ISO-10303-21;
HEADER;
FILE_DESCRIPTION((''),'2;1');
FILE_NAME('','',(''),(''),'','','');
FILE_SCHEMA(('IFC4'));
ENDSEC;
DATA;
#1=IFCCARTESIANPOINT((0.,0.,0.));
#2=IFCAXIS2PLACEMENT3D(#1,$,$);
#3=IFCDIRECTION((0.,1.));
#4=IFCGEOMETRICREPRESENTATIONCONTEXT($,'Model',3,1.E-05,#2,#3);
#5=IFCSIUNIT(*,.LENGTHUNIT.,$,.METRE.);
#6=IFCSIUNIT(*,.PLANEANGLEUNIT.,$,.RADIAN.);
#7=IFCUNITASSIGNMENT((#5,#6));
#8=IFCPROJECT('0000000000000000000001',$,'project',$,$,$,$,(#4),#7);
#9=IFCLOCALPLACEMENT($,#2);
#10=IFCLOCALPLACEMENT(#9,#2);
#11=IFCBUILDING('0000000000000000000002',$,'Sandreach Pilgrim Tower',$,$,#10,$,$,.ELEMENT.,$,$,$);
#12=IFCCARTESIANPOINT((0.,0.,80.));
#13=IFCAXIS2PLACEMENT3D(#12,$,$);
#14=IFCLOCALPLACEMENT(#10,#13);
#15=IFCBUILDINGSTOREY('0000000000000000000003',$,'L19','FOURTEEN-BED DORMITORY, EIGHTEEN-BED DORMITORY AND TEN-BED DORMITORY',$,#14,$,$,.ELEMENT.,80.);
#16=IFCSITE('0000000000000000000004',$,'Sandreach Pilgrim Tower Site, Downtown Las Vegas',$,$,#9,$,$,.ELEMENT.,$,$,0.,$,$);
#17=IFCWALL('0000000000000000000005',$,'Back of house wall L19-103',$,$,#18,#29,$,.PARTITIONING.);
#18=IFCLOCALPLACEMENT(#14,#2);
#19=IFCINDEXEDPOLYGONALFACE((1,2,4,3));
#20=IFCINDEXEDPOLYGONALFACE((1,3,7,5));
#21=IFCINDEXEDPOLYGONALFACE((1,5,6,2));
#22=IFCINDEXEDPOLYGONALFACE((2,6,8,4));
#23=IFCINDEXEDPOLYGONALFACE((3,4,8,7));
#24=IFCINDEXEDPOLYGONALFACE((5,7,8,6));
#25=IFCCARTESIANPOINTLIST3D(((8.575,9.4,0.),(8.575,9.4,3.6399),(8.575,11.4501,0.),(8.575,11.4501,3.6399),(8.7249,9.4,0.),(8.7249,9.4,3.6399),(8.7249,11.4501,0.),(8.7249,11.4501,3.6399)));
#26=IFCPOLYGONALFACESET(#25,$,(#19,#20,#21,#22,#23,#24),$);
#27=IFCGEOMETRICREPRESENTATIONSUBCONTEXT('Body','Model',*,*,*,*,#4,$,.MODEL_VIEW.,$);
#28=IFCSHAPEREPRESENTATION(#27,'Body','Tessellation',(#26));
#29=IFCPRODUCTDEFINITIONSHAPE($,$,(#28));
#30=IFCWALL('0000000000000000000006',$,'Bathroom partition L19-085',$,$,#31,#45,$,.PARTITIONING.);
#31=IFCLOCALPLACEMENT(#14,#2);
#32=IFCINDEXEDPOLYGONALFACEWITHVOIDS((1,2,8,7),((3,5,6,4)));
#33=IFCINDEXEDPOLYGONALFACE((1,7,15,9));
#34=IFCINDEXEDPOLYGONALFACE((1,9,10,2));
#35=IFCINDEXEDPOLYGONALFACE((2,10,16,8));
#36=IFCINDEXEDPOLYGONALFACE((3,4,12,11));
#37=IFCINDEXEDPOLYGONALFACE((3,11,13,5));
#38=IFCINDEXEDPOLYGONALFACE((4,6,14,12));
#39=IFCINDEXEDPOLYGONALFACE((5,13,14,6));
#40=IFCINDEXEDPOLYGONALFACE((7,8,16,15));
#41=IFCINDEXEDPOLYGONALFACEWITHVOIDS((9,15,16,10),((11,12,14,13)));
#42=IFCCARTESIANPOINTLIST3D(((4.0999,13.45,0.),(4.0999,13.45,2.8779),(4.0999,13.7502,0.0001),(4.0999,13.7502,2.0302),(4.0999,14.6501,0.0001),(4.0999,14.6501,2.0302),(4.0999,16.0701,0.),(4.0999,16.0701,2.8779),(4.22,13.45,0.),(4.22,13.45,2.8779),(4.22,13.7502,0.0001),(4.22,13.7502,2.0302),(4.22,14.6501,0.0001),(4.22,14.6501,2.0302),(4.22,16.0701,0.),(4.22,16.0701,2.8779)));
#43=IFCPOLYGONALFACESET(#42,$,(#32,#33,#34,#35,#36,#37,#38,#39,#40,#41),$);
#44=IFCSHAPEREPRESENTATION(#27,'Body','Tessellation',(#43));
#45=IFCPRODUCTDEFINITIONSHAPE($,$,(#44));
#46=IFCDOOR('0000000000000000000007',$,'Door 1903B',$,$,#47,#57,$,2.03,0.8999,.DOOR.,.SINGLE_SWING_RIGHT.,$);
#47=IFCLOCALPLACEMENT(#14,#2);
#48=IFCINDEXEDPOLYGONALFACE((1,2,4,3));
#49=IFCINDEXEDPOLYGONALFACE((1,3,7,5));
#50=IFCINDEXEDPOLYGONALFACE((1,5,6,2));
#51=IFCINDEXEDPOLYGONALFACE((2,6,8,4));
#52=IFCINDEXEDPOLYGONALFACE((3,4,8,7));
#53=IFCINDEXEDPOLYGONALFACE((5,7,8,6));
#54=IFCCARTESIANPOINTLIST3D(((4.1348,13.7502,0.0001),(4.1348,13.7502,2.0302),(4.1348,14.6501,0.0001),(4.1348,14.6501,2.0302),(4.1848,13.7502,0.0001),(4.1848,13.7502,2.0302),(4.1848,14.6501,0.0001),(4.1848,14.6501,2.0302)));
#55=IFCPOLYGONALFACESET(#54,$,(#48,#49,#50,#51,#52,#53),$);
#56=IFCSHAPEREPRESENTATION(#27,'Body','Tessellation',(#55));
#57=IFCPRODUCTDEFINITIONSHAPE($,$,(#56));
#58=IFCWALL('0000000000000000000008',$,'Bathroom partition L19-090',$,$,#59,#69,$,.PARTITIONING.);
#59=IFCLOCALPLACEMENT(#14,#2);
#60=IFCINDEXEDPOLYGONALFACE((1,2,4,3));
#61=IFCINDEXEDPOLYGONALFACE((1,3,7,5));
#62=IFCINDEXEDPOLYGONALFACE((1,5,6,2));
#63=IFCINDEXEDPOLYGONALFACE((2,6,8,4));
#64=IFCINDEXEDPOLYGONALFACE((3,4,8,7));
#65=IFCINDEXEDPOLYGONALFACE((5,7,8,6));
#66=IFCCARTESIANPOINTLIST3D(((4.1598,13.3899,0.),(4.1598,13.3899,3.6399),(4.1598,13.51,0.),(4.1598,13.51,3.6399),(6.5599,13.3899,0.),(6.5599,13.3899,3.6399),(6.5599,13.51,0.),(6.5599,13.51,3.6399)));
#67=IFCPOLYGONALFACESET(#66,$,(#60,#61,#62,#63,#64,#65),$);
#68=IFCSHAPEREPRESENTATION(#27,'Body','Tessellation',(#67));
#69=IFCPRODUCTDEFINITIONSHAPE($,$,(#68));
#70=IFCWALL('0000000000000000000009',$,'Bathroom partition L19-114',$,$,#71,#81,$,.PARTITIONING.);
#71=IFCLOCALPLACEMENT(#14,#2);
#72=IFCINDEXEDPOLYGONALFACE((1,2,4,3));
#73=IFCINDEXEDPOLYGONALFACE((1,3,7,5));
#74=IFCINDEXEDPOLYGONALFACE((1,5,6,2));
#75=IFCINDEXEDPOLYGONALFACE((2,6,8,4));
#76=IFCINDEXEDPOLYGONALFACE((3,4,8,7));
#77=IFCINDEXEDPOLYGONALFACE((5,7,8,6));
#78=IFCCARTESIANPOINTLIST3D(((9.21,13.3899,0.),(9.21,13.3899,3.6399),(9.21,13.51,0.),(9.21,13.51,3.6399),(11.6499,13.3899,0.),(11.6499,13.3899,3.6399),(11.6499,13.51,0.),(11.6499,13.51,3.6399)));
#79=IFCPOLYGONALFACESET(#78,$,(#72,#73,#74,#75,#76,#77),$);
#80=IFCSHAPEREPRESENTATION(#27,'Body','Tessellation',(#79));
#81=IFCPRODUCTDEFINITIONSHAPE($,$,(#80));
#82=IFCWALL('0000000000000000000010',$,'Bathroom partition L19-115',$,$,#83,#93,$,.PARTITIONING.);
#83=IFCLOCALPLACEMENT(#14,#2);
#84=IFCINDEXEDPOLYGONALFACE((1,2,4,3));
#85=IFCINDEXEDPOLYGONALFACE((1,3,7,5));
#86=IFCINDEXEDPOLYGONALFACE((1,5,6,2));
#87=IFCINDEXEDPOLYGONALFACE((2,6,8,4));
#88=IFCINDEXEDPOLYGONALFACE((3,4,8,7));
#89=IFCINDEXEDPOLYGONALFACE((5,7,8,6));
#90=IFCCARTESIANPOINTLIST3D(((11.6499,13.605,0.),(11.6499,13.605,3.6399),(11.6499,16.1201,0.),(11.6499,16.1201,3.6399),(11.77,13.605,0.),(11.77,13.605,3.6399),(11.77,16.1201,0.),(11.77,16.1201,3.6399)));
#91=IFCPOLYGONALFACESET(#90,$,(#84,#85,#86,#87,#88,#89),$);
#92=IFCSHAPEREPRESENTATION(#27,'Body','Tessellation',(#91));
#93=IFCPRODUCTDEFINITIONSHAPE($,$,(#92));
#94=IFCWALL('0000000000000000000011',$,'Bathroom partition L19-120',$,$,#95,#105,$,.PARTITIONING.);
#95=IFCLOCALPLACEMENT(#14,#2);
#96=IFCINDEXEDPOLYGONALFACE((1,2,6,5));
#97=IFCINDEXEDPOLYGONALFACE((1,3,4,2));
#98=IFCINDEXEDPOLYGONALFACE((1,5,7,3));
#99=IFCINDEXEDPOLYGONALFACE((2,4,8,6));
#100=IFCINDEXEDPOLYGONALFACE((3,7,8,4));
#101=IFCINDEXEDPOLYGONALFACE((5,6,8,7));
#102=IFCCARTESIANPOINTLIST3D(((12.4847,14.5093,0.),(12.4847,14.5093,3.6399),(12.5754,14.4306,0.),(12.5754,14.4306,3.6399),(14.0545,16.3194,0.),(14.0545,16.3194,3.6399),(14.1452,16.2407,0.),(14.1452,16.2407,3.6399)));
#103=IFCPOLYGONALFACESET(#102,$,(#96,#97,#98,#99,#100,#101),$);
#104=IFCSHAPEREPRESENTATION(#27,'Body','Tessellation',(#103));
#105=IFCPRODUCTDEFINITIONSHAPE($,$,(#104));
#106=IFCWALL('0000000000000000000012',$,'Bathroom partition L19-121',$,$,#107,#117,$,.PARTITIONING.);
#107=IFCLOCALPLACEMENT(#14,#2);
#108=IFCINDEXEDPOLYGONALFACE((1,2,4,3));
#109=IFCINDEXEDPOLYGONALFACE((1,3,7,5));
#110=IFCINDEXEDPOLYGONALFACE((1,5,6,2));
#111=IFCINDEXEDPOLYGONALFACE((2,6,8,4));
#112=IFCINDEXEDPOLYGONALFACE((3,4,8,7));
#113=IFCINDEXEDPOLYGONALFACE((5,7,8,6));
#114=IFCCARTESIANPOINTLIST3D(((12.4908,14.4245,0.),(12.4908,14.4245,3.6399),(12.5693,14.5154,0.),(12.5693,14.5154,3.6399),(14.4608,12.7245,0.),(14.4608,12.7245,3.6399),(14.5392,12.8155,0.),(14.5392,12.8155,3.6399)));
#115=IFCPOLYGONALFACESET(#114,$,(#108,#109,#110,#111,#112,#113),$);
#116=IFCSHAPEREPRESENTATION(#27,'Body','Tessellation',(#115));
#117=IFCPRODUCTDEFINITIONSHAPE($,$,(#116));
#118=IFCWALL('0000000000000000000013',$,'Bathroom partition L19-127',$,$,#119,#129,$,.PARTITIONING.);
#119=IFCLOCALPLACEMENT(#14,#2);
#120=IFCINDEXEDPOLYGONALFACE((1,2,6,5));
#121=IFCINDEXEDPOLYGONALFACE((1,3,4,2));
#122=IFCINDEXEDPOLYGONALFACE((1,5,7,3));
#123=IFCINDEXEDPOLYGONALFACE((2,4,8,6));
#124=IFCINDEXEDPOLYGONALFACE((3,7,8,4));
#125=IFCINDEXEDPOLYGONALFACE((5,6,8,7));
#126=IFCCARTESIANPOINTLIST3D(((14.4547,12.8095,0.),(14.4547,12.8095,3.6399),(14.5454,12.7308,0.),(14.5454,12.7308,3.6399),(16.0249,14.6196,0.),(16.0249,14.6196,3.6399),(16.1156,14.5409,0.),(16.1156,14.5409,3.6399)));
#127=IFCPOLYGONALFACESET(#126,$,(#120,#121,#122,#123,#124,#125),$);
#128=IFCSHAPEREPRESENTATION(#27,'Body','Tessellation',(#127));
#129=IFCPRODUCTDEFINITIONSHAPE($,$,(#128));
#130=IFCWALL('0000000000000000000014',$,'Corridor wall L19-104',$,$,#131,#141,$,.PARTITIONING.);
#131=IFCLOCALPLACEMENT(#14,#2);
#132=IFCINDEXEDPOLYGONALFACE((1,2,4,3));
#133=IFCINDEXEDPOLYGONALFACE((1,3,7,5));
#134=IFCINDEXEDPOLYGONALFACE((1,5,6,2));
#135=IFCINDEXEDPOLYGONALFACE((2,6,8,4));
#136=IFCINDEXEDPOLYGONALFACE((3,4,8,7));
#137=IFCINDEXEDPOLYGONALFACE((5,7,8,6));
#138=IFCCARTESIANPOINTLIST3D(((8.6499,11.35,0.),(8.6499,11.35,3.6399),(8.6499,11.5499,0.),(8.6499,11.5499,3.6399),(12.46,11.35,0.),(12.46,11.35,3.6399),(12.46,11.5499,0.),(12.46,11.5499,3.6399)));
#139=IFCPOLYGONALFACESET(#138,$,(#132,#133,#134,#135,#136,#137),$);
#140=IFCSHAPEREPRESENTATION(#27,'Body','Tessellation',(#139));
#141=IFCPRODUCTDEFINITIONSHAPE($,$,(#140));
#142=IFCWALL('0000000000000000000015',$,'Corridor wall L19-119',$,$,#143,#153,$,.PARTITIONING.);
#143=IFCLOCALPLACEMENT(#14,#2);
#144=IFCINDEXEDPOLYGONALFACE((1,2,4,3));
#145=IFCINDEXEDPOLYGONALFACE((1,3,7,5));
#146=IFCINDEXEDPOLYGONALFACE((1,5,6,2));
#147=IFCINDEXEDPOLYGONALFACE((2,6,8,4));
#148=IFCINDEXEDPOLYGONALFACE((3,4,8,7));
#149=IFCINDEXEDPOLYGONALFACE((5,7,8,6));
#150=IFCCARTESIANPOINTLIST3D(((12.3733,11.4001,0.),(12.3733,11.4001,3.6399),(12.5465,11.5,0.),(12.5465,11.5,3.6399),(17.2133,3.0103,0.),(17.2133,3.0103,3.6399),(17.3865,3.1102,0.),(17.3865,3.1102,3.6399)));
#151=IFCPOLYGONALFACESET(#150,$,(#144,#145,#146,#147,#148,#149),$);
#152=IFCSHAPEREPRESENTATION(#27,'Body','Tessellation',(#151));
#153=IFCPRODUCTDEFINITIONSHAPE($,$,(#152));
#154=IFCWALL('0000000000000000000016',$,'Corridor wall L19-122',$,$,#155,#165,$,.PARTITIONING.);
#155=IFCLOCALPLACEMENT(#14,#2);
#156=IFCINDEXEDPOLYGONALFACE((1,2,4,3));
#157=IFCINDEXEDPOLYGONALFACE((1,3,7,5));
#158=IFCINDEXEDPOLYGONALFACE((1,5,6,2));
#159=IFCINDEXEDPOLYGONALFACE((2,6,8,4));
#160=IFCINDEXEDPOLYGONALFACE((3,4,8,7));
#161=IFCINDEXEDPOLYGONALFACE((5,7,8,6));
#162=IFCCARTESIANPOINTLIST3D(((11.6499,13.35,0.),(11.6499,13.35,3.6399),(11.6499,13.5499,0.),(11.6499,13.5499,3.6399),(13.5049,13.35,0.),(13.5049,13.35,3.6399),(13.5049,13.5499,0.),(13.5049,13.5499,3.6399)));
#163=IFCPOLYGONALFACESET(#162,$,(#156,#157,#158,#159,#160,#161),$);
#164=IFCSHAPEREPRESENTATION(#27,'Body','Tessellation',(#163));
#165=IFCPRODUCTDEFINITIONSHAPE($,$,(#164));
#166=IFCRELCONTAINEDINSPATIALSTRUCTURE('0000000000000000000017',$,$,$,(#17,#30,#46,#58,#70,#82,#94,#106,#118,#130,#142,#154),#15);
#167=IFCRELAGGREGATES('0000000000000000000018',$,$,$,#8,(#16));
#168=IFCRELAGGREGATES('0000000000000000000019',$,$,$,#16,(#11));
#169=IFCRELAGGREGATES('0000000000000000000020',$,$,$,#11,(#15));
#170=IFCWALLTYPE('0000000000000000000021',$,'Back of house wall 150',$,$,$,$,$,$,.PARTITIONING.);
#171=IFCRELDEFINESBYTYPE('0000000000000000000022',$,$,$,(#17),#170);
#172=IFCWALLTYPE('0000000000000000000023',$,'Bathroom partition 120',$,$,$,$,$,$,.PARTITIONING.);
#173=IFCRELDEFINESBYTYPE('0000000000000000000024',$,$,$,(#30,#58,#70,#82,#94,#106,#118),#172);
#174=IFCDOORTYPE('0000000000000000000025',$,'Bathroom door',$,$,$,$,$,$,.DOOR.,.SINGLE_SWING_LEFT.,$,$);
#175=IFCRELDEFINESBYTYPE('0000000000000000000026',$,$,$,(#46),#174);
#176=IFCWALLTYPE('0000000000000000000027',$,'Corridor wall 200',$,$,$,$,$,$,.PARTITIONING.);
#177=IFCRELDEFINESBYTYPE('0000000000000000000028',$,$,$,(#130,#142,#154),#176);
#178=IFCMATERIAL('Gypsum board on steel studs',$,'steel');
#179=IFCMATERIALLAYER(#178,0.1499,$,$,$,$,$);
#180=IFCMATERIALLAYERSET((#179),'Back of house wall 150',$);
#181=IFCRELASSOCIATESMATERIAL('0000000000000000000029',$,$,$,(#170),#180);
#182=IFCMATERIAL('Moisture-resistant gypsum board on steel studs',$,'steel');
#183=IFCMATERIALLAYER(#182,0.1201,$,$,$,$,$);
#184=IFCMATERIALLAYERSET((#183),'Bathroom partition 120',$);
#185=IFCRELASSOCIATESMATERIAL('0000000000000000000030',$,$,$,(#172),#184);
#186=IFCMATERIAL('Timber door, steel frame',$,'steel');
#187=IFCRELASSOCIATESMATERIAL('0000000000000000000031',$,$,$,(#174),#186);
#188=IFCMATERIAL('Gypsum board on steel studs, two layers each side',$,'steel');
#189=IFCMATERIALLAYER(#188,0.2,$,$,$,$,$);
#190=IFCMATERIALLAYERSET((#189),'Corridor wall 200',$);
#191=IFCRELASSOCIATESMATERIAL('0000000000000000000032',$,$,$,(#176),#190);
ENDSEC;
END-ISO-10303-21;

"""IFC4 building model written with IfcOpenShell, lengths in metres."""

from ifc_helpers import new_model, si_unit, direction, frame, frame_2d, origin, place, context, subcontext, project, spatial, rectangle, extrude, material, layer, layer_set, type_object, element, fill, save


model = new_model("IFC4")

# Units and contexts
model_context = context("Model", 3, precision=1e-05, world=origin(), true_north=direction((0.0, 1.0)))
body_context = subcontext(model_context, "Body", "Model", "MODEL_VIEW")
ifc_project = project(units=[si_unit("LENGTHUNIT", "METRE"), si_unit("PLANEANGLEUNIT", "RADIAN")], contexts=[model_context])

# Site, building, storey
site_placement = place(None, origin())
site = spatial("IfcSite", under=ifc_project, at=site_placement, Name="Sandreach Pilgrim Tower Site, Downtown Las Vegas", CompositionType="ELEMENT", RefElevation=0.0)
building_placement = place(site_placement, origin())
building = spatial("IfcBuilding", under=site, at=building_placement, Name="Sandreach Pilgrim Tower", CompositionType="ELEMENT")
storey_placement = place(building_placement, frame((0.0, 0.0, 80.0)))
storey = spatial("IfcBuildingStorey", under=building, at=storey_placement, Name="L19", Description="FOURTEEN-BED DORMITORY, EIGHTEEN-BED DORMITORY AND TEN-BED DORMITORY", CompositionType="ELEMENT", Elevation=80.0)

# Wall
ifc_material_1 = material(Name="Gypsum board on steel studs", Category="steel")
ifc_layer_1 = layer(ifc_material_1, 0.1499)
ifc_layer_set_1 = layer_set([ifc_layer_1], Name="Back of house wall 150")
wall_type_1 = type_object("IfcWallType", Name="Back of house wall 150", PredefinedType="PARTITIONING", material=ifc_layer_set_1)
wall_1_placement = place(storey_placement, frame((8.6499, 11.45, 0.0), z_axis=(0.0, 0.0, 1.0), x_axis=(0.0, -1.0, 0.0)))
element("IfcWall", 1, at=wall_1_placement, inside=storey, type_object=wall_type_1, Name="Back of house wall L19-103", PredefinedType="PARTITIONING", context=body_context, shape_type="SweptSolid", body=[
    extrude(rectangle(XDim=2.05, YDim=0.1499, at=frame_2d((1.0249, 0.0))), origin(), (0.0, 0.0, 1.0), 3.6399),
])

# Wall, opening, door
ifc_material_2 = material(Name="Moisture-resistant gypsum board on steel studs", Category="steel")
ifc_layer_2 = layer(ifc_material_2, 0.1201)
ifc_layer_set_2 = layer_set([ifc_layer_2], Name="Bathroom partition 120")
wall_type_2 = type_object("IfcWallType", Name="Bathroom partition 120", PredefinedType="PARTITIONING", material=ifc_layer_set_2)
wall_2_placement = place(storey_placement, frame((4.1599, 16.0701, 0.0), z_axis=(0.0, 0.0, 1.0), x_axis=(0.0, -1.0, 0.0)))
wall_2 = element("IfcWall", 2, at=wall_2_placement, inside=storey, type_object=wall_type_2, Name="Bathroom partition L19-085", PredefinedType="PARTITIONING", context=body_context, shape_type="SweptSolid", body=[
    extrude(rectangle(XDim=2.6201, YDim=0.1201, at=frame_2d((1.3101, 0.0))), origin(), (0.0, 0.0, 1.0), 2.8779),
])
opening_1_placement = place(wall_2_placement, frame((1.4199, 0.0, 0.0)))
opening_1 = element("IfcOpeningElement", 3, at=opening_1_placement, cuts=wall_2, PredefinedType="OPENING", context=body_context, shape_type="SweptSolid", body=[
    extrude(rectangle(XDim=0.8999, YDim=2.03, at=frame_2d((0.45, 1.0151))), frame((0.0, 0.0601, 0.0), z_axis=(0.0, -1.0, 0.0), x_axis=(1.0, 0.0, 0.0)), (0.0, 0.0, 1.0), 0.1201),
])
ifc_material_3 = material(Name="Timber door, steel frame", Category="steel")
door_type_1 = type_object("IfcDoorType", Name="Bathroom door", OperationType="SINGLE_SWING_LEFT", PredefinedType="DOOR", material=ifc_material_3)
door_1_placement = place(opening_1_placement, origin())
door_1 = element("IfcDoor", 4, at=door_1_placement, inside=storey, type_object=door_type_1, Name="Door 1903B", OperationType="SINGLE_SWING_RIGHT", OverallHeight=2.03, OverallWidth=0.8999, PredefinedType="DOOR", context=body_context, shape_type="SweptSolid", body=[
    extrude(rectangle(XDim=0.8999, YDim=2.03, at=frame_2d((0.45, 1.0151))), frame((0.0, 0.0249, 0.0), z_axis=(0.0, -1.0, 0.0), x_axis=(1.0, 0.0, 0.0)), (0.0, 0.0, 1.0), 0.05),
])
fill(opening_1, door_1)

# Walls
wall_3_placement = place(storey_placement, frame((6.5601, 13.45, 0.0), z_axis=(0.0, 0.0, 1.0), x_axis=(-1.0, 0.0, 0.0)))
element("IfcWall", 5, at=wall_3_placement, inside=storey, type_object=wall_type_2, Name="Bathroom partition L19-090", PredefinedType="PARTITIONING", context=body_context, shape_type="SweptSolid", body=[
    extrude(rectangle(XDim=2.4001, YDim=0.1201, at=frame_2d((1.2002, 0.0))), origin(), (0.0, 0.0, 1.0), 3.6399),
])
wall_4_placement = place(storey_placement, frame((11.6499, 13.45, 0.0), z_axis=(0.0, 0.0, 1.0), x_axis=(-1.0, 0.0, 0.0)))
element("IfcWall", 6, at=wall_4_placement, inside=storey, type_object=wall_type_2, Name="Bathroom partition L19-114", PredefinedType="PARTITIONING", context=body_context, shape_type="SweptSolid", body=[
    extrude(rectangle(XDim=2.4399, YDim=0.1201, at=frame_2d((1.22, 0.0))), origin(), (0.0, 0.0, 1.0), 3.6399),
])
wall_5_placement = place(storey_placement, frame((11.71, 13.605, 0.0), z_axis=(0.0, 0.0, 1.0), x_axis=(0.0, 1.0, 0.0)))
element("IfcWall", 7, at=wall_5_placement, inside=storey, type_object=wall_type_2, Name="Bathroom partition L19-115", PredefinedType="PARTITIONING", context=body_context, shape_type="SweptSolid", body=[
    extrude(rectangle(XDim=2.5151, YDim=0.1201, at=frame_2d((1.2576, 0.0))), origin(), (0.0, 0.0, 1.0), 3.6399),
])
wall_6_placement = place(storey_placement, frame((12.53, 14.47, 0.0), z_axis=(0.0, 0.0, 1.0), x_axis=(0.655194, 0.75546, 0.0)))
element("IfcWall", 8, at=wall_6_placement, inside=storey, type_object=wall_type_2, Name="Bathroom partition L19-120", PredefinedType="PARTITIONING", context=body_context, shape_type="SweptSolid", body=[
    extrude(rectangle(XDim=2.396, YDim=0.1201, at=frame_2d((1.198, 0.0))), origin(), (0.0, 0.0, 1.0), 3.6399),
])
wall_7_placement = place(storey_placement, frame((12.53, 14.47, 0.0), z_axis=(0.0, 0.0, 1.0), x_axis=(0.757087, -0.653314, 0.0)))
element("IfcWall", 9, at=wall_7_placement, inside=storey, type_object=wall_type_2, Name="Bathroom partition L19-121", PredefinedType="PARTITIONING", context=body_context, shape_type="SweptSolid", body=[
    extrude(rectangle(XDim=2.6021, YDim=0.1201, at=frame_2d((1.301, 0.0))), origin(), (0.0, 0.0, 1.0), 3.6399),
])
wall_8_placement = place(storey_placement, frame((14.5, 12.77, 0.0), z_axis=(0.0, 0.0, 1.0), x_axis=(0.655252, 0.75541, 0.0)))
element("IfcWall", 10, at=wall_8_placement, inside=storey, type_object=wall_type_2, Name="Bathroom partition L19-127", PredefinedType="PARTITIONING", context=body_context, shape_type="SweptSolid", body=[
    extrude(rectangle(XDim=2.3962, YDim=0.1201, at=frame_2d((1.1982, 0.0))), origin(), (0.0, 0.0, 1.0), 3.6399),
])

# Shared definitions
ifc_material_4 = material(Name="Gypsum board on steel studs, two layers each side", Category="steel")
ifc_layer_3 = layer(ifc_material_4, 0.2)
ifc_layer_set_3 = layer_set([ifc_layer_3], Name="Corridor wall 200")
wall_type_3 = type_object("IfcWallType", Name="Corridor wall 200", PredefinedType="PARTITIONING", material=ifc_layer_set_3)

# Wall
wall_9_placement = place(storey_placement, frame((8.6499, 11.45, 0.0), z_axis=(0.0, 0.0, 1.0), x_axis=(1.0, 0.0, 0.0)))
element("IfcWall", 11, at=wall_9_placement, inside=storey, type_object=wall_type_3, Name="Corridor wall L19-104", PredefinedType="PARTITIONING", context=body_context, shape_type="SweptSolid", body=[
    extrude(rectangle(XDim=3.8101, YDim=0.2, at=frame_2d((1.905, 0.0))), origin(), (0.0, 0.0, 1.0), 3.6399),
])

# Walls
wall_10_placement = place(storey_placement, frame((12.46, 11.45, 0.0), z_axis=(0.0, 0.0, 1.0), x_axis=(0.499704, -0.866196, 0.0)))
element("IfcWall", 12, at=wall_10_placement, inside=storey, type_object=wall_type_3, Name="Corridor wall L19-119", PredefinedType="PARTITIONING", context=body_context, shape_type="SweptSolid", body=[
    extrude(rectangle(XDim=9.6858, YDim=0.2, at=frame_2d((4.8428, 0.0))), origin(), (0.0, 0.0, 1.0), 3.6399),
])
wall_11_placement = place(storey_placement, frame((13.5049, 13.45, 0.0), z_axis=(0.0, 0.0, 1.0), x_axis=(-1.0, 0.0, 0.0)))
element("IfcWall", 13, at=wall_11_placement, inside=storey, type_object=wall_type_3, Name="Corridor wall L19-122", PredefinedType="PARTITIONING", context=body_context, shape_type="SweptSolid", body=[
    extrude(rectangle(XDim=1.855, YDim=0.2, at=frame_2d((0.9275, 0.0))), origin(), (0.0, 0.0, 1.0), 3.6399),
])

save(model, "model.ifc")
